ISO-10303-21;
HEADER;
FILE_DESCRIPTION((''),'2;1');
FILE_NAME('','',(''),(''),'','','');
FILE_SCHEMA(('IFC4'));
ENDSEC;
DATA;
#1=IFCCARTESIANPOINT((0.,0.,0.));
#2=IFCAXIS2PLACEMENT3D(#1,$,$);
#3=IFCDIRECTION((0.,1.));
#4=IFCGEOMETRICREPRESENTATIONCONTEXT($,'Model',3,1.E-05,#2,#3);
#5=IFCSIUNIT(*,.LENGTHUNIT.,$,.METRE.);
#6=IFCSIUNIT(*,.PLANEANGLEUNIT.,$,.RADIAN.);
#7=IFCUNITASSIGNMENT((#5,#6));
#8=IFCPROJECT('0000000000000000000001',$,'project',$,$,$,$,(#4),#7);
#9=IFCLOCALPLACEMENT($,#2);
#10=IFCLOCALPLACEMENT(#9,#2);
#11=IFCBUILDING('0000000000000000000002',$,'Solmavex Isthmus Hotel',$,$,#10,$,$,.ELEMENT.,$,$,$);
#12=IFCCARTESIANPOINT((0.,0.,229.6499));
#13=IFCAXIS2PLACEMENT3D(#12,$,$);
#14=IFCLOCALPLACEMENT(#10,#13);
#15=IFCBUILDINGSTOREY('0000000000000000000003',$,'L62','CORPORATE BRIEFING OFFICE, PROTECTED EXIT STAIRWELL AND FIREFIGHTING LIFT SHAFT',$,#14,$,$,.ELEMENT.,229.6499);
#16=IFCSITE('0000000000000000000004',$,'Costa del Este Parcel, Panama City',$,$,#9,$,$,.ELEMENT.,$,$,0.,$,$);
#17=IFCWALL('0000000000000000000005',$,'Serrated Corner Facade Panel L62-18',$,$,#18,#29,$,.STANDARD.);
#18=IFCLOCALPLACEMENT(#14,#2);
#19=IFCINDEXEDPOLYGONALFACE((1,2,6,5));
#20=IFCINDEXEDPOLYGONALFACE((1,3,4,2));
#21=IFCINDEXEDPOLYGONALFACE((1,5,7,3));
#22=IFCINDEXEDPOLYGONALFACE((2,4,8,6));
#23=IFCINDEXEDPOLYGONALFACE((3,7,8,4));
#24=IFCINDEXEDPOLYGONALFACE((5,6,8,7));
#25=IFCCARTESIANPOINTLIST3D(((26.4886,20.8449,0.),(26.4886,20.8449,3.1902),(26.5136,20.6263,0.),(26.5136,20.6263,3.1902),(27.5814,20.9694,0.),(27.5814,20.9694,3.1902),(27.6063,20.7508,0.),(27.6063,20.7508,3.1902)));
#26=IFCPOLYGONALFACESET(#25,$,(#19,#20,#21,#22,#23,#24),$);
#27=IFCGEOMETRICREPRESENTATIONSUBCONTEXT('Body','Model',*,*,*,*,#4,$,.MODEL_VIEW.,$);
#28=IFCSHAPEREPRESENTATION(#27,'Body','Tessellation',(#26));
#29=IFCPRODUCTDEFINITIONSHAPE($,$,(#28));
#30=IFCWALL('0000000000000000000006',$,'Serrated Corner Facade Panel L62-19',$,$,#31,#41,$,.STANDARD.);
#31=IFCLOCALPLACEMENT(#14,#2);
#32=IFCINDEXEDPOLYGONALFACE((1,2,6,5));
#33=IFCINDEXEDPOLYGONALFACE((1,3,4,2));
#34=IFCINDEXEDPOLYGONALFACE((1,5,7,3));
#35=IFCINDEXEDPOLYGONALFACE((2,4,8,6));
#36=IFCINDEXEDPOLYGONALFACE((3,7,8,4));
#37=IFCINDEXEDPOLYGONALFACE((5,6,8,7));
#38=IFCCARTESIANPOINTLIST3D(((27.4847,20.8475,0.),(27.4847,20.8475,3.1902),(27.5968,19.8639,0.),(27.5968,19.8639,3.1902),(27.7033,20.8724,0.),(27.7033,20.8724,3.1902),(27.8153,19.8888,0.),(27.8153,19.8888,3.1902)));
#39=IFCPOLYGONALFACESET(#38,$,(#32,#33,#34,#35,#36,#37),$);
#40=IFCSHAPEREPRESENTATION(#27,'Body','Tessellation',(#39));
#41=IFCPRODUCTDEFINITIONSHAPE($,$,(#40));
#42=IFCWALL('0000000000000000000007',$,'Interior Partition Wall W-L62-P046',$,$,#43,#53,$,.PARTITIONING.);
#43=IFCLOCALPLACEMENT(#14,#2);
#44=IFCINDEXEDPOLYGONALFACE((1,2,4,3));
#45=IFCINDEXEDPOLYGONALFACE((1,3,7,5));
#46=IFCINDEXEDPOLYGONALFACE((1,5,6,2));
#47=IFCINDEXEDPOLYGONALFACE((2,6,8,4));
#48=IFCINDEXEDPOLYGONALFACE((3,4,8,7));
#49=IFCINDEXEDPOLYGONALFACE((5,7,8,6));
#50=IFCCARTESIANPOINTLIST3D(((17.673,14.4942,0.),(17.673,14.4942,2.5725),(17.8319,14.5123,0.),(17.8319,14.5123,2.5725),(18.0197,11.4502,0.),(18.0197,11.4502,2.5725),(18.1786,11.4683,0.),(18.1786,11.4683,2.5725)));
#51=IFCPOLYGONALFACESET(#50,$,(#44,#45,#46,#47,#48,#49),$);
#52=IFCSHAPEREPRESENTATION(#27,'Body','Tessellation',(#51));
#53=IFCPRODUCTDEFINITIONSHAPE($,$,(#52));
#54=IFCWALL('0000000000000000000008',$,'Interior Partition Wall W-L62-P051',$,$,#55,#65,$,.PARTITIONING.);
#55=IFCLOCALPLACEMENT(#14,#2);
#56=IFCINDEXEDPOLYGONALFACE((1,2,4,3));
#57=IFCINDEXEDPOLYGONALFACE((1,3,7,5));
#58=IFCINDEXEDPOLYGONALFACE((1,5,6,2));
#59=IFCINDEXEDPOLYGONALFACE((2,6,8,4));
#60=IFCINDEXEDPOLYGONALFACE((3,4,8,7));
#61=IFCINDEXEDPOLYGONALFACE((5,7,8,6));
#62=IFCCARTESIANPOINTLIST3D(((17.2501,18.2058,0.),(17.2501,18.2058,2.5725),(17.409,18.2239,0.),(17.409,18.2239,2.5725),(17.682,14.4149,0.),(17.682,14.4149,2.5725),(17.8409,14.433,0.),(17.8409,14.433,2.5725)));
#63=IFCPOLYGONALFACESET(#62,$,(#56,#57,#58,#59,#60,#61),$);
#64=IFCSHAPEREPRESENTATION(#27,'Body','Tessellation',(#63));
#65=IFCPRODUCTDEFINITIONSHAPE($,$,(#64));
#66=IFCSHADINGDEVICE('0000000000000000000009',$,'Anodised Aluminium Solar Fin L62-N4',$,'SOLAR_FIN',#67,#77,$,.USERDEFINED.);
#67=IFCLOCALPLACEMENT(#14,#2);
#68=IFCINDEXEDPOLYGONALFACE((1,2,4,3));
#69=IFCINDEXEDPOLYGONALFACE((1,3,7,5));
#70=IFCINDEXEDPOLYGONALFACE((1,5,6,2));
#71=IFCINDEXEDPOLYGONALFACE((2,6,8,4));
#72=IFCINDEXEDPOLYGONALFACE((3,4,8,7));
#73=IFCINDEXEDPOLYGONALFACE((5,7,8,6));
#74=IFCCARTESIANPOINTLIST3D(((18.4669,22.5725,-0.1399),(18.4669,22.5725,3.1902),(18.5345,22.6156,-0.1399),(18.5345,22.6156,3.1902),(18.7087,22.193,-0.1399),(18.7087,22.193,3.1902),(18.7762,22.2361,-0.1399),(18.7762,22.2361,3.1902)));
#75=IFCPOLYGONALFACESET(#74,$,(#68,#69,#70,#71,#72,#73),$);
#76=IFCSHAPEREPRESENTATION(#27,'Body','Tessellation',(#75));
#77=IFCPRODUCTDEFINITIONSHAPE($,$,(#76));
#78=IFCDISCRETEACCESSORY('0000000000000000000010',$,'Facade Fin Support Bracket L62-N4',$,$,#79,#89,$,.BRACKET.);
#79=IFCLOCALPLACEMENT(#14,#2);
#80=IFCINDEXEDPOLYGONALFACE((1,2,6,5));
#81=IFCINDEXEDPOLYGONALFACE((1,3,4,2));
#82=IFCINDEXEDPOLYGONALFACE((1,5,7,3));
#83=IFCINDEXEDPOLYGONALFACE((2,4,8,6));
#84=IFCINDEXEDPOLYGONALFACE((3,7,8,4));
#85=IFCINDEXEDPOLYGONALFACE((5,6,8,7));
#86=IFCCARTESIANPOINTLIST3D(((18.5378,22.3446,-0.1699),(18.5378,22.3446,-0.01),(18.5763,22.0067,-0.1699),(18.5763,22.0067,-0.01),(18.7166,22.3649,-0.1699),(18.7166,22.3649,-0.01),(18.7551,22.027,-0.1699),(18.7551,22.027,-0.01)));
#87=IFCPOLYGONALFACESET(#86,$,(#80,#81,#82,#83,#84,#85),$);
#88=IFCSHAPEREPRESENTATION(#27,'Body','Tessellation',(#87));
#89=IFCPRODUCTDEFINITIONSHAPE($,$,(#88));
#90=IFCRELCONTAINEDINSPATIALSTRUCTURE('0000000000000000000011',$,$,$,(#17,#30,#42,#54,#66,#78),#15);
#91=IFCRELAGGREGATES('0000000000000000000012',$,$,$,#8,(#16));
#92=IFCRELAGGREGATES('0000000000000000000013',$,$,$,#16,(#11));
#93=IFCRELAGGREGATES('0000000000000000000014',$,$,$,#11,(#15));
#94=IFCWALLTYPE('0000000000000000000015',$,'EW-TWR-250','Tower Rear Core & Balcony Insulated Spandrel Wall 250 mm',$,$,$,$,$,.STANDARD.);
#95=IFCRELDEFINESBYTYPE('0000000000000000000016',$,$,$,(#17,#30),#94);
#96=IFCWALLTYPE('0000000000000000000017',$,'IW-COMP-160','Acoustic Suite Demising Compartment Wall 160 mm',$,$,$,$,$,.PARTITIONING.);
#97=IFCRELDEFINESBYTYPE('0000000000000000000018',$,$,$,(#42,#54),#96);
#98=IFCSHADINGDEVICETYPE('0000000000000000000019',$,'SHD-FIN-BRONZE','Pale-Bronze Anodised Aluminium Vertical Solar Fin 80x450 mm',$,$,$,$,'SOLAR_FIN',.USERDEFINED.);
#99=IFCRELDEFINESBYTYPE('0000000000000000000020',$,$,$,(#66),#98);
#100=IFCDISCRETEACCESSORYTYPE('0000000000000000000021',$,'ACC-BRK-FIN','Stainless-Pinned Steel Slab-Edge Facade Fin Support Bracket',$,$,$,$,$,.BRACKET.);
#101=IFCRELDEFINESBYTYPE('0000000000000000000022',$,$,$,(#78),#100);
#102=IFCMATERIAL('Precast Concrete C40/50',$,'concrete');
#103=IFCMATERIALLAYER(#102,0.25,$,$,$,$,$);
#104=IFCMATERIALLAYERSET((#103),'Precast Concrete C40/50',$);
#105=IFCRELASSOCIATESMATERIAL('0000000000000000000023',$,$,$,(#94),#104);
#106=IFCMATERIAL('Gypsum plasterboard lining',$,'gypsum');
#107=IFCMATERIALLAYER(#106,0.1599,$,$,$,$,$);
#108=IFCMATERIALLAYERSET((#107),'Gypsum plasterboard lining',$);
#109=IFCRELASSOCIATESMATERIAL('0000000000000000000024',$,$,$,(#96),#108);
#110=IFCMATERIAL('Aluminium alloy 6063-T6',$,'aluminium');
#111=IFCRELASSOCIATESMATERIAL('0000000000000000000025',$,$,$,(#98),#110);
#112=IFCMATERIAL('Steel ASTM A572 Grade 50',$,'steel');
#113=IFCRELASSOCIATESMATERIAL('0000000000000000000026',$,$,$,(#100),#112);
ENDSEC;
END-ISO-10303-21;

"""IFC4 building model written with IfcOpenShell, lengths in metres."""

from ifc_helpers import new_model, si_unit, direction, frame, frame_2d, origin, origin_2d, place, context, subcontext, project, spatial, rectangle, extrude, material, layer, layer_set, type_object, element, save


model = new_model("IFC4")

# Units and contexts
model_context = context("Model", 3, precision=1e-05, world=origin(), true_north=direction((0.0, 1.0)))
body_context = subcontext(model_context, "Body", "Model", "MODEL_VIEW")
ifc_project = project(units=[si_unit("LENGTHUNIT", "METRE"), si_unit("PLANEANGLEUNIT", "RADIAN")], contexts=[model_context])

# Site, building, storey
site_placement = place(None, origin())
site = spatial("IfcSite", under=ifc_project, at=site_placement, Name="Costa del Este Parcel, Panama City", CompositionType="ELEMENT", RefElevation=0.0)
building_placement = place(site_placement, origin())
building = spatial("IfcBuilding", under=site, at=building_placement, Name="Solmavex Isthmus Hotel", CompositionType="ELEMENT")
storey_placement = place(building_placement, frame((0.0, 0.0, 229.6499)))
storey = spatial("IfcBuildingStorey", under=building, at=storey_placement, Name="L62", Description="CORPORATE BRIEFING OFFICE, PROTECTED EXIT STAIRWELL AND FIREFIGHTING LIFT SHAFT", CompositionType="ELEMENT", Elevation=229.6499)

# Shared definitions
ifc_material_1 = material(Name="Aluminium alloy 6063-T6", Category="aluminium")

# Walls
ifc_material_2 = material(Name="Precast Concrete C40/50", Category="concrete")
ifc_layer_1 = layer(ifc_material_2, 0.25)
ifc_layer_set_1 = layer_set([ifc_layer_1], Name="Precast Concrete C40/50")
wall_type_1 = type_object("IfcWallType", Name="EW-TWR-250", Description="Tower Rear Core & Balcony Insulated Spandrel Wall 250 mm", PredefinedType="STANDARD", material=ifc_layer_set_1)
wall_1_placement = place(storey_placement, frame((26.5012, 20.7356, 0.0), z_axis=(0.0, 0.0, 1.0), x_axis=(0.993571, 0.113209, 0.0)))
element("IfcWall", 1, at=wall_1_placement, inside=storey, type_object=wall_type_1, Name="Serrated Corner Facade Panel L62-18", PredefinedType="STANDARD", context=body_context, shape_type="SweptSolid", body=[
    extrude(rectangle(XDim=1.0999, YDim=0.22, at=frame_2d((0.5498, 0.0))), origin(), (0.0, 0.0, 1.0), 3.1902),
])
wall_2_placement = place(storey_placement, frame((27.594, 20.8601, 0.0), z_axis=(0.0, 0.0, 1.0), x_axis=(0.113192, -0.993573, 0.0)))
element("IfcWall", 2, at=wall_2_placement, inside=storey, type_object=wall_type_1, Name="Serrated Corner Facade Panel L62-19", PredefinedType="STANDARD", context=body_context, shape_type="SweptSolid", body=[
    extrude(rectangle(XDim=0.99, YDim=0.22, at=frame_2d((0.4951, 0.0))), origin(), (0.0, 0.0, 1.0), 3.1902),
])
ifc_material_3 = material(Name="Gypsum plasterboard lining", Category="gypsum")
ifc_layer_2 = layer(ifc_material_3, 0.1599)
ifc_layer_set_2 = layer_set([ifc_layer_2], Name="Gypsum plasterboard lining")
wall_type_2 = type_object("IfcWallType", Name="IW-COMP-160", Description="Acoustic Suite Demising Compartment Wall 160 mm", PredefinedType="PARTITIONING", material=ifc_layer_set_2)
wall_3_placement = place(storey_placement, frame((17.7524, 14.5032, 0.0), z_axis=(0.0, 0.0, 1.0), x_axis=(0.11316, -0.993577, 0.0)))
element("IfcWall", 3, at=wall_3_placement, inside=storey, type_object=wall_type_2, Name="Interior Partition Wall W-L62-P046", PredefinedType="PARTITIONING", context=body_context, shape_type="SweptSolid", body=[
    extrude(rectangle(XDim=3.0637, YDim=0.1599, at=frame_2d((1.5317, 0.0))), origin(), (0.0, 0.0, 1.0), 2.5725),
])
wall_4_placement = place(storey_placement, frame((17.3296, 18.2148, 0.0), z_axis=(0.0, 0.0, 1.0), x_axis=(0.113191, -0.993573, 0.0)))
element("IfcWall", 4, at=wall_4_placement, inside=storey, type_object=wall_type_2, Name="Interior Partition Wall W-L62-P051", PredefinedType="PARTITIONING", context=body_context, shape_type="SweptSolid", body=[
    extrude(rectangle(XDim=3.8154, YDim=0.1599, at=frame_2d((1.9077, 0.0))), origin(), (0.0, 0.0, 1.0), 2.5725),
])

# Shading device
shading_device_type = type_object("IfcShadingDeviceType", Name="SHD-FIN-BRONZE", Description="Pale-Bronze Anodised Aluminium Vertical Solar Fin 80x450 mm", ElementType="SOLAR_FIN", PredefinedType="USERDEFINED", material=ifc_material_1)
shading_device_placement = place(storey_placement, frame((18.6216, 22.4043, -0.1399), z_axis=(0.0, 0.0, 1.0), x_axis=(-0.5373, 0.843391, 0.0)))
element("IfcShadingDevice", 5, at=shading_device_placement, inside=storey, type_object=shading_device_type, Name="Anodised Aluminium Solar Fin L62-N4", ObjectType="SOLAR_FIN", PredefinedType="USERDEFINED", context=body_context, shape_type="SweptSolid", body=[
    extrude(rectangle(XDim=0.45, YDim=0.0801, at=origin_2d()), origin(), (0.0, 0.0, 1.0), 3.3301),
])

# Discrete accessory
ifc_material_4 = material(Name="Steel ASTM A572 Grade 50", Category="steel")
discrete_accessory_type = type_object("IfcDiscreteAccessoryType", Name="ACC-BRK-FIN", Description="Stainless-Pinned Steel Slab-Edge Facade Fin Support Bracket", PredefinedType="BRACKET", material=ifc_material_4)
discrete_accessory_placement = place(storey_placement, frame((18.6465, 22.1858, -0.1699), z_axis=(0.0, 0.0, 1.0), x_axis=(-0.113203, 0.993572, 0.0)))
element("IfcDiscreteAccessory", 6, at=discrete_accessory_placement, inside=storey, type_object=discrete_accessory_type, Name="Facade Fin Support Bracket L62-N4", PredefinedType="BRACKET", context=body_context, shape_type="SweptSolid", body=[
    extrude(rectangle(XDim=0.3401, YDim=0.1799, at=origin_2d()), origin(), (0.0, 0.0, 1.0), 0.1599),
])

save(model, "model.ifc")
